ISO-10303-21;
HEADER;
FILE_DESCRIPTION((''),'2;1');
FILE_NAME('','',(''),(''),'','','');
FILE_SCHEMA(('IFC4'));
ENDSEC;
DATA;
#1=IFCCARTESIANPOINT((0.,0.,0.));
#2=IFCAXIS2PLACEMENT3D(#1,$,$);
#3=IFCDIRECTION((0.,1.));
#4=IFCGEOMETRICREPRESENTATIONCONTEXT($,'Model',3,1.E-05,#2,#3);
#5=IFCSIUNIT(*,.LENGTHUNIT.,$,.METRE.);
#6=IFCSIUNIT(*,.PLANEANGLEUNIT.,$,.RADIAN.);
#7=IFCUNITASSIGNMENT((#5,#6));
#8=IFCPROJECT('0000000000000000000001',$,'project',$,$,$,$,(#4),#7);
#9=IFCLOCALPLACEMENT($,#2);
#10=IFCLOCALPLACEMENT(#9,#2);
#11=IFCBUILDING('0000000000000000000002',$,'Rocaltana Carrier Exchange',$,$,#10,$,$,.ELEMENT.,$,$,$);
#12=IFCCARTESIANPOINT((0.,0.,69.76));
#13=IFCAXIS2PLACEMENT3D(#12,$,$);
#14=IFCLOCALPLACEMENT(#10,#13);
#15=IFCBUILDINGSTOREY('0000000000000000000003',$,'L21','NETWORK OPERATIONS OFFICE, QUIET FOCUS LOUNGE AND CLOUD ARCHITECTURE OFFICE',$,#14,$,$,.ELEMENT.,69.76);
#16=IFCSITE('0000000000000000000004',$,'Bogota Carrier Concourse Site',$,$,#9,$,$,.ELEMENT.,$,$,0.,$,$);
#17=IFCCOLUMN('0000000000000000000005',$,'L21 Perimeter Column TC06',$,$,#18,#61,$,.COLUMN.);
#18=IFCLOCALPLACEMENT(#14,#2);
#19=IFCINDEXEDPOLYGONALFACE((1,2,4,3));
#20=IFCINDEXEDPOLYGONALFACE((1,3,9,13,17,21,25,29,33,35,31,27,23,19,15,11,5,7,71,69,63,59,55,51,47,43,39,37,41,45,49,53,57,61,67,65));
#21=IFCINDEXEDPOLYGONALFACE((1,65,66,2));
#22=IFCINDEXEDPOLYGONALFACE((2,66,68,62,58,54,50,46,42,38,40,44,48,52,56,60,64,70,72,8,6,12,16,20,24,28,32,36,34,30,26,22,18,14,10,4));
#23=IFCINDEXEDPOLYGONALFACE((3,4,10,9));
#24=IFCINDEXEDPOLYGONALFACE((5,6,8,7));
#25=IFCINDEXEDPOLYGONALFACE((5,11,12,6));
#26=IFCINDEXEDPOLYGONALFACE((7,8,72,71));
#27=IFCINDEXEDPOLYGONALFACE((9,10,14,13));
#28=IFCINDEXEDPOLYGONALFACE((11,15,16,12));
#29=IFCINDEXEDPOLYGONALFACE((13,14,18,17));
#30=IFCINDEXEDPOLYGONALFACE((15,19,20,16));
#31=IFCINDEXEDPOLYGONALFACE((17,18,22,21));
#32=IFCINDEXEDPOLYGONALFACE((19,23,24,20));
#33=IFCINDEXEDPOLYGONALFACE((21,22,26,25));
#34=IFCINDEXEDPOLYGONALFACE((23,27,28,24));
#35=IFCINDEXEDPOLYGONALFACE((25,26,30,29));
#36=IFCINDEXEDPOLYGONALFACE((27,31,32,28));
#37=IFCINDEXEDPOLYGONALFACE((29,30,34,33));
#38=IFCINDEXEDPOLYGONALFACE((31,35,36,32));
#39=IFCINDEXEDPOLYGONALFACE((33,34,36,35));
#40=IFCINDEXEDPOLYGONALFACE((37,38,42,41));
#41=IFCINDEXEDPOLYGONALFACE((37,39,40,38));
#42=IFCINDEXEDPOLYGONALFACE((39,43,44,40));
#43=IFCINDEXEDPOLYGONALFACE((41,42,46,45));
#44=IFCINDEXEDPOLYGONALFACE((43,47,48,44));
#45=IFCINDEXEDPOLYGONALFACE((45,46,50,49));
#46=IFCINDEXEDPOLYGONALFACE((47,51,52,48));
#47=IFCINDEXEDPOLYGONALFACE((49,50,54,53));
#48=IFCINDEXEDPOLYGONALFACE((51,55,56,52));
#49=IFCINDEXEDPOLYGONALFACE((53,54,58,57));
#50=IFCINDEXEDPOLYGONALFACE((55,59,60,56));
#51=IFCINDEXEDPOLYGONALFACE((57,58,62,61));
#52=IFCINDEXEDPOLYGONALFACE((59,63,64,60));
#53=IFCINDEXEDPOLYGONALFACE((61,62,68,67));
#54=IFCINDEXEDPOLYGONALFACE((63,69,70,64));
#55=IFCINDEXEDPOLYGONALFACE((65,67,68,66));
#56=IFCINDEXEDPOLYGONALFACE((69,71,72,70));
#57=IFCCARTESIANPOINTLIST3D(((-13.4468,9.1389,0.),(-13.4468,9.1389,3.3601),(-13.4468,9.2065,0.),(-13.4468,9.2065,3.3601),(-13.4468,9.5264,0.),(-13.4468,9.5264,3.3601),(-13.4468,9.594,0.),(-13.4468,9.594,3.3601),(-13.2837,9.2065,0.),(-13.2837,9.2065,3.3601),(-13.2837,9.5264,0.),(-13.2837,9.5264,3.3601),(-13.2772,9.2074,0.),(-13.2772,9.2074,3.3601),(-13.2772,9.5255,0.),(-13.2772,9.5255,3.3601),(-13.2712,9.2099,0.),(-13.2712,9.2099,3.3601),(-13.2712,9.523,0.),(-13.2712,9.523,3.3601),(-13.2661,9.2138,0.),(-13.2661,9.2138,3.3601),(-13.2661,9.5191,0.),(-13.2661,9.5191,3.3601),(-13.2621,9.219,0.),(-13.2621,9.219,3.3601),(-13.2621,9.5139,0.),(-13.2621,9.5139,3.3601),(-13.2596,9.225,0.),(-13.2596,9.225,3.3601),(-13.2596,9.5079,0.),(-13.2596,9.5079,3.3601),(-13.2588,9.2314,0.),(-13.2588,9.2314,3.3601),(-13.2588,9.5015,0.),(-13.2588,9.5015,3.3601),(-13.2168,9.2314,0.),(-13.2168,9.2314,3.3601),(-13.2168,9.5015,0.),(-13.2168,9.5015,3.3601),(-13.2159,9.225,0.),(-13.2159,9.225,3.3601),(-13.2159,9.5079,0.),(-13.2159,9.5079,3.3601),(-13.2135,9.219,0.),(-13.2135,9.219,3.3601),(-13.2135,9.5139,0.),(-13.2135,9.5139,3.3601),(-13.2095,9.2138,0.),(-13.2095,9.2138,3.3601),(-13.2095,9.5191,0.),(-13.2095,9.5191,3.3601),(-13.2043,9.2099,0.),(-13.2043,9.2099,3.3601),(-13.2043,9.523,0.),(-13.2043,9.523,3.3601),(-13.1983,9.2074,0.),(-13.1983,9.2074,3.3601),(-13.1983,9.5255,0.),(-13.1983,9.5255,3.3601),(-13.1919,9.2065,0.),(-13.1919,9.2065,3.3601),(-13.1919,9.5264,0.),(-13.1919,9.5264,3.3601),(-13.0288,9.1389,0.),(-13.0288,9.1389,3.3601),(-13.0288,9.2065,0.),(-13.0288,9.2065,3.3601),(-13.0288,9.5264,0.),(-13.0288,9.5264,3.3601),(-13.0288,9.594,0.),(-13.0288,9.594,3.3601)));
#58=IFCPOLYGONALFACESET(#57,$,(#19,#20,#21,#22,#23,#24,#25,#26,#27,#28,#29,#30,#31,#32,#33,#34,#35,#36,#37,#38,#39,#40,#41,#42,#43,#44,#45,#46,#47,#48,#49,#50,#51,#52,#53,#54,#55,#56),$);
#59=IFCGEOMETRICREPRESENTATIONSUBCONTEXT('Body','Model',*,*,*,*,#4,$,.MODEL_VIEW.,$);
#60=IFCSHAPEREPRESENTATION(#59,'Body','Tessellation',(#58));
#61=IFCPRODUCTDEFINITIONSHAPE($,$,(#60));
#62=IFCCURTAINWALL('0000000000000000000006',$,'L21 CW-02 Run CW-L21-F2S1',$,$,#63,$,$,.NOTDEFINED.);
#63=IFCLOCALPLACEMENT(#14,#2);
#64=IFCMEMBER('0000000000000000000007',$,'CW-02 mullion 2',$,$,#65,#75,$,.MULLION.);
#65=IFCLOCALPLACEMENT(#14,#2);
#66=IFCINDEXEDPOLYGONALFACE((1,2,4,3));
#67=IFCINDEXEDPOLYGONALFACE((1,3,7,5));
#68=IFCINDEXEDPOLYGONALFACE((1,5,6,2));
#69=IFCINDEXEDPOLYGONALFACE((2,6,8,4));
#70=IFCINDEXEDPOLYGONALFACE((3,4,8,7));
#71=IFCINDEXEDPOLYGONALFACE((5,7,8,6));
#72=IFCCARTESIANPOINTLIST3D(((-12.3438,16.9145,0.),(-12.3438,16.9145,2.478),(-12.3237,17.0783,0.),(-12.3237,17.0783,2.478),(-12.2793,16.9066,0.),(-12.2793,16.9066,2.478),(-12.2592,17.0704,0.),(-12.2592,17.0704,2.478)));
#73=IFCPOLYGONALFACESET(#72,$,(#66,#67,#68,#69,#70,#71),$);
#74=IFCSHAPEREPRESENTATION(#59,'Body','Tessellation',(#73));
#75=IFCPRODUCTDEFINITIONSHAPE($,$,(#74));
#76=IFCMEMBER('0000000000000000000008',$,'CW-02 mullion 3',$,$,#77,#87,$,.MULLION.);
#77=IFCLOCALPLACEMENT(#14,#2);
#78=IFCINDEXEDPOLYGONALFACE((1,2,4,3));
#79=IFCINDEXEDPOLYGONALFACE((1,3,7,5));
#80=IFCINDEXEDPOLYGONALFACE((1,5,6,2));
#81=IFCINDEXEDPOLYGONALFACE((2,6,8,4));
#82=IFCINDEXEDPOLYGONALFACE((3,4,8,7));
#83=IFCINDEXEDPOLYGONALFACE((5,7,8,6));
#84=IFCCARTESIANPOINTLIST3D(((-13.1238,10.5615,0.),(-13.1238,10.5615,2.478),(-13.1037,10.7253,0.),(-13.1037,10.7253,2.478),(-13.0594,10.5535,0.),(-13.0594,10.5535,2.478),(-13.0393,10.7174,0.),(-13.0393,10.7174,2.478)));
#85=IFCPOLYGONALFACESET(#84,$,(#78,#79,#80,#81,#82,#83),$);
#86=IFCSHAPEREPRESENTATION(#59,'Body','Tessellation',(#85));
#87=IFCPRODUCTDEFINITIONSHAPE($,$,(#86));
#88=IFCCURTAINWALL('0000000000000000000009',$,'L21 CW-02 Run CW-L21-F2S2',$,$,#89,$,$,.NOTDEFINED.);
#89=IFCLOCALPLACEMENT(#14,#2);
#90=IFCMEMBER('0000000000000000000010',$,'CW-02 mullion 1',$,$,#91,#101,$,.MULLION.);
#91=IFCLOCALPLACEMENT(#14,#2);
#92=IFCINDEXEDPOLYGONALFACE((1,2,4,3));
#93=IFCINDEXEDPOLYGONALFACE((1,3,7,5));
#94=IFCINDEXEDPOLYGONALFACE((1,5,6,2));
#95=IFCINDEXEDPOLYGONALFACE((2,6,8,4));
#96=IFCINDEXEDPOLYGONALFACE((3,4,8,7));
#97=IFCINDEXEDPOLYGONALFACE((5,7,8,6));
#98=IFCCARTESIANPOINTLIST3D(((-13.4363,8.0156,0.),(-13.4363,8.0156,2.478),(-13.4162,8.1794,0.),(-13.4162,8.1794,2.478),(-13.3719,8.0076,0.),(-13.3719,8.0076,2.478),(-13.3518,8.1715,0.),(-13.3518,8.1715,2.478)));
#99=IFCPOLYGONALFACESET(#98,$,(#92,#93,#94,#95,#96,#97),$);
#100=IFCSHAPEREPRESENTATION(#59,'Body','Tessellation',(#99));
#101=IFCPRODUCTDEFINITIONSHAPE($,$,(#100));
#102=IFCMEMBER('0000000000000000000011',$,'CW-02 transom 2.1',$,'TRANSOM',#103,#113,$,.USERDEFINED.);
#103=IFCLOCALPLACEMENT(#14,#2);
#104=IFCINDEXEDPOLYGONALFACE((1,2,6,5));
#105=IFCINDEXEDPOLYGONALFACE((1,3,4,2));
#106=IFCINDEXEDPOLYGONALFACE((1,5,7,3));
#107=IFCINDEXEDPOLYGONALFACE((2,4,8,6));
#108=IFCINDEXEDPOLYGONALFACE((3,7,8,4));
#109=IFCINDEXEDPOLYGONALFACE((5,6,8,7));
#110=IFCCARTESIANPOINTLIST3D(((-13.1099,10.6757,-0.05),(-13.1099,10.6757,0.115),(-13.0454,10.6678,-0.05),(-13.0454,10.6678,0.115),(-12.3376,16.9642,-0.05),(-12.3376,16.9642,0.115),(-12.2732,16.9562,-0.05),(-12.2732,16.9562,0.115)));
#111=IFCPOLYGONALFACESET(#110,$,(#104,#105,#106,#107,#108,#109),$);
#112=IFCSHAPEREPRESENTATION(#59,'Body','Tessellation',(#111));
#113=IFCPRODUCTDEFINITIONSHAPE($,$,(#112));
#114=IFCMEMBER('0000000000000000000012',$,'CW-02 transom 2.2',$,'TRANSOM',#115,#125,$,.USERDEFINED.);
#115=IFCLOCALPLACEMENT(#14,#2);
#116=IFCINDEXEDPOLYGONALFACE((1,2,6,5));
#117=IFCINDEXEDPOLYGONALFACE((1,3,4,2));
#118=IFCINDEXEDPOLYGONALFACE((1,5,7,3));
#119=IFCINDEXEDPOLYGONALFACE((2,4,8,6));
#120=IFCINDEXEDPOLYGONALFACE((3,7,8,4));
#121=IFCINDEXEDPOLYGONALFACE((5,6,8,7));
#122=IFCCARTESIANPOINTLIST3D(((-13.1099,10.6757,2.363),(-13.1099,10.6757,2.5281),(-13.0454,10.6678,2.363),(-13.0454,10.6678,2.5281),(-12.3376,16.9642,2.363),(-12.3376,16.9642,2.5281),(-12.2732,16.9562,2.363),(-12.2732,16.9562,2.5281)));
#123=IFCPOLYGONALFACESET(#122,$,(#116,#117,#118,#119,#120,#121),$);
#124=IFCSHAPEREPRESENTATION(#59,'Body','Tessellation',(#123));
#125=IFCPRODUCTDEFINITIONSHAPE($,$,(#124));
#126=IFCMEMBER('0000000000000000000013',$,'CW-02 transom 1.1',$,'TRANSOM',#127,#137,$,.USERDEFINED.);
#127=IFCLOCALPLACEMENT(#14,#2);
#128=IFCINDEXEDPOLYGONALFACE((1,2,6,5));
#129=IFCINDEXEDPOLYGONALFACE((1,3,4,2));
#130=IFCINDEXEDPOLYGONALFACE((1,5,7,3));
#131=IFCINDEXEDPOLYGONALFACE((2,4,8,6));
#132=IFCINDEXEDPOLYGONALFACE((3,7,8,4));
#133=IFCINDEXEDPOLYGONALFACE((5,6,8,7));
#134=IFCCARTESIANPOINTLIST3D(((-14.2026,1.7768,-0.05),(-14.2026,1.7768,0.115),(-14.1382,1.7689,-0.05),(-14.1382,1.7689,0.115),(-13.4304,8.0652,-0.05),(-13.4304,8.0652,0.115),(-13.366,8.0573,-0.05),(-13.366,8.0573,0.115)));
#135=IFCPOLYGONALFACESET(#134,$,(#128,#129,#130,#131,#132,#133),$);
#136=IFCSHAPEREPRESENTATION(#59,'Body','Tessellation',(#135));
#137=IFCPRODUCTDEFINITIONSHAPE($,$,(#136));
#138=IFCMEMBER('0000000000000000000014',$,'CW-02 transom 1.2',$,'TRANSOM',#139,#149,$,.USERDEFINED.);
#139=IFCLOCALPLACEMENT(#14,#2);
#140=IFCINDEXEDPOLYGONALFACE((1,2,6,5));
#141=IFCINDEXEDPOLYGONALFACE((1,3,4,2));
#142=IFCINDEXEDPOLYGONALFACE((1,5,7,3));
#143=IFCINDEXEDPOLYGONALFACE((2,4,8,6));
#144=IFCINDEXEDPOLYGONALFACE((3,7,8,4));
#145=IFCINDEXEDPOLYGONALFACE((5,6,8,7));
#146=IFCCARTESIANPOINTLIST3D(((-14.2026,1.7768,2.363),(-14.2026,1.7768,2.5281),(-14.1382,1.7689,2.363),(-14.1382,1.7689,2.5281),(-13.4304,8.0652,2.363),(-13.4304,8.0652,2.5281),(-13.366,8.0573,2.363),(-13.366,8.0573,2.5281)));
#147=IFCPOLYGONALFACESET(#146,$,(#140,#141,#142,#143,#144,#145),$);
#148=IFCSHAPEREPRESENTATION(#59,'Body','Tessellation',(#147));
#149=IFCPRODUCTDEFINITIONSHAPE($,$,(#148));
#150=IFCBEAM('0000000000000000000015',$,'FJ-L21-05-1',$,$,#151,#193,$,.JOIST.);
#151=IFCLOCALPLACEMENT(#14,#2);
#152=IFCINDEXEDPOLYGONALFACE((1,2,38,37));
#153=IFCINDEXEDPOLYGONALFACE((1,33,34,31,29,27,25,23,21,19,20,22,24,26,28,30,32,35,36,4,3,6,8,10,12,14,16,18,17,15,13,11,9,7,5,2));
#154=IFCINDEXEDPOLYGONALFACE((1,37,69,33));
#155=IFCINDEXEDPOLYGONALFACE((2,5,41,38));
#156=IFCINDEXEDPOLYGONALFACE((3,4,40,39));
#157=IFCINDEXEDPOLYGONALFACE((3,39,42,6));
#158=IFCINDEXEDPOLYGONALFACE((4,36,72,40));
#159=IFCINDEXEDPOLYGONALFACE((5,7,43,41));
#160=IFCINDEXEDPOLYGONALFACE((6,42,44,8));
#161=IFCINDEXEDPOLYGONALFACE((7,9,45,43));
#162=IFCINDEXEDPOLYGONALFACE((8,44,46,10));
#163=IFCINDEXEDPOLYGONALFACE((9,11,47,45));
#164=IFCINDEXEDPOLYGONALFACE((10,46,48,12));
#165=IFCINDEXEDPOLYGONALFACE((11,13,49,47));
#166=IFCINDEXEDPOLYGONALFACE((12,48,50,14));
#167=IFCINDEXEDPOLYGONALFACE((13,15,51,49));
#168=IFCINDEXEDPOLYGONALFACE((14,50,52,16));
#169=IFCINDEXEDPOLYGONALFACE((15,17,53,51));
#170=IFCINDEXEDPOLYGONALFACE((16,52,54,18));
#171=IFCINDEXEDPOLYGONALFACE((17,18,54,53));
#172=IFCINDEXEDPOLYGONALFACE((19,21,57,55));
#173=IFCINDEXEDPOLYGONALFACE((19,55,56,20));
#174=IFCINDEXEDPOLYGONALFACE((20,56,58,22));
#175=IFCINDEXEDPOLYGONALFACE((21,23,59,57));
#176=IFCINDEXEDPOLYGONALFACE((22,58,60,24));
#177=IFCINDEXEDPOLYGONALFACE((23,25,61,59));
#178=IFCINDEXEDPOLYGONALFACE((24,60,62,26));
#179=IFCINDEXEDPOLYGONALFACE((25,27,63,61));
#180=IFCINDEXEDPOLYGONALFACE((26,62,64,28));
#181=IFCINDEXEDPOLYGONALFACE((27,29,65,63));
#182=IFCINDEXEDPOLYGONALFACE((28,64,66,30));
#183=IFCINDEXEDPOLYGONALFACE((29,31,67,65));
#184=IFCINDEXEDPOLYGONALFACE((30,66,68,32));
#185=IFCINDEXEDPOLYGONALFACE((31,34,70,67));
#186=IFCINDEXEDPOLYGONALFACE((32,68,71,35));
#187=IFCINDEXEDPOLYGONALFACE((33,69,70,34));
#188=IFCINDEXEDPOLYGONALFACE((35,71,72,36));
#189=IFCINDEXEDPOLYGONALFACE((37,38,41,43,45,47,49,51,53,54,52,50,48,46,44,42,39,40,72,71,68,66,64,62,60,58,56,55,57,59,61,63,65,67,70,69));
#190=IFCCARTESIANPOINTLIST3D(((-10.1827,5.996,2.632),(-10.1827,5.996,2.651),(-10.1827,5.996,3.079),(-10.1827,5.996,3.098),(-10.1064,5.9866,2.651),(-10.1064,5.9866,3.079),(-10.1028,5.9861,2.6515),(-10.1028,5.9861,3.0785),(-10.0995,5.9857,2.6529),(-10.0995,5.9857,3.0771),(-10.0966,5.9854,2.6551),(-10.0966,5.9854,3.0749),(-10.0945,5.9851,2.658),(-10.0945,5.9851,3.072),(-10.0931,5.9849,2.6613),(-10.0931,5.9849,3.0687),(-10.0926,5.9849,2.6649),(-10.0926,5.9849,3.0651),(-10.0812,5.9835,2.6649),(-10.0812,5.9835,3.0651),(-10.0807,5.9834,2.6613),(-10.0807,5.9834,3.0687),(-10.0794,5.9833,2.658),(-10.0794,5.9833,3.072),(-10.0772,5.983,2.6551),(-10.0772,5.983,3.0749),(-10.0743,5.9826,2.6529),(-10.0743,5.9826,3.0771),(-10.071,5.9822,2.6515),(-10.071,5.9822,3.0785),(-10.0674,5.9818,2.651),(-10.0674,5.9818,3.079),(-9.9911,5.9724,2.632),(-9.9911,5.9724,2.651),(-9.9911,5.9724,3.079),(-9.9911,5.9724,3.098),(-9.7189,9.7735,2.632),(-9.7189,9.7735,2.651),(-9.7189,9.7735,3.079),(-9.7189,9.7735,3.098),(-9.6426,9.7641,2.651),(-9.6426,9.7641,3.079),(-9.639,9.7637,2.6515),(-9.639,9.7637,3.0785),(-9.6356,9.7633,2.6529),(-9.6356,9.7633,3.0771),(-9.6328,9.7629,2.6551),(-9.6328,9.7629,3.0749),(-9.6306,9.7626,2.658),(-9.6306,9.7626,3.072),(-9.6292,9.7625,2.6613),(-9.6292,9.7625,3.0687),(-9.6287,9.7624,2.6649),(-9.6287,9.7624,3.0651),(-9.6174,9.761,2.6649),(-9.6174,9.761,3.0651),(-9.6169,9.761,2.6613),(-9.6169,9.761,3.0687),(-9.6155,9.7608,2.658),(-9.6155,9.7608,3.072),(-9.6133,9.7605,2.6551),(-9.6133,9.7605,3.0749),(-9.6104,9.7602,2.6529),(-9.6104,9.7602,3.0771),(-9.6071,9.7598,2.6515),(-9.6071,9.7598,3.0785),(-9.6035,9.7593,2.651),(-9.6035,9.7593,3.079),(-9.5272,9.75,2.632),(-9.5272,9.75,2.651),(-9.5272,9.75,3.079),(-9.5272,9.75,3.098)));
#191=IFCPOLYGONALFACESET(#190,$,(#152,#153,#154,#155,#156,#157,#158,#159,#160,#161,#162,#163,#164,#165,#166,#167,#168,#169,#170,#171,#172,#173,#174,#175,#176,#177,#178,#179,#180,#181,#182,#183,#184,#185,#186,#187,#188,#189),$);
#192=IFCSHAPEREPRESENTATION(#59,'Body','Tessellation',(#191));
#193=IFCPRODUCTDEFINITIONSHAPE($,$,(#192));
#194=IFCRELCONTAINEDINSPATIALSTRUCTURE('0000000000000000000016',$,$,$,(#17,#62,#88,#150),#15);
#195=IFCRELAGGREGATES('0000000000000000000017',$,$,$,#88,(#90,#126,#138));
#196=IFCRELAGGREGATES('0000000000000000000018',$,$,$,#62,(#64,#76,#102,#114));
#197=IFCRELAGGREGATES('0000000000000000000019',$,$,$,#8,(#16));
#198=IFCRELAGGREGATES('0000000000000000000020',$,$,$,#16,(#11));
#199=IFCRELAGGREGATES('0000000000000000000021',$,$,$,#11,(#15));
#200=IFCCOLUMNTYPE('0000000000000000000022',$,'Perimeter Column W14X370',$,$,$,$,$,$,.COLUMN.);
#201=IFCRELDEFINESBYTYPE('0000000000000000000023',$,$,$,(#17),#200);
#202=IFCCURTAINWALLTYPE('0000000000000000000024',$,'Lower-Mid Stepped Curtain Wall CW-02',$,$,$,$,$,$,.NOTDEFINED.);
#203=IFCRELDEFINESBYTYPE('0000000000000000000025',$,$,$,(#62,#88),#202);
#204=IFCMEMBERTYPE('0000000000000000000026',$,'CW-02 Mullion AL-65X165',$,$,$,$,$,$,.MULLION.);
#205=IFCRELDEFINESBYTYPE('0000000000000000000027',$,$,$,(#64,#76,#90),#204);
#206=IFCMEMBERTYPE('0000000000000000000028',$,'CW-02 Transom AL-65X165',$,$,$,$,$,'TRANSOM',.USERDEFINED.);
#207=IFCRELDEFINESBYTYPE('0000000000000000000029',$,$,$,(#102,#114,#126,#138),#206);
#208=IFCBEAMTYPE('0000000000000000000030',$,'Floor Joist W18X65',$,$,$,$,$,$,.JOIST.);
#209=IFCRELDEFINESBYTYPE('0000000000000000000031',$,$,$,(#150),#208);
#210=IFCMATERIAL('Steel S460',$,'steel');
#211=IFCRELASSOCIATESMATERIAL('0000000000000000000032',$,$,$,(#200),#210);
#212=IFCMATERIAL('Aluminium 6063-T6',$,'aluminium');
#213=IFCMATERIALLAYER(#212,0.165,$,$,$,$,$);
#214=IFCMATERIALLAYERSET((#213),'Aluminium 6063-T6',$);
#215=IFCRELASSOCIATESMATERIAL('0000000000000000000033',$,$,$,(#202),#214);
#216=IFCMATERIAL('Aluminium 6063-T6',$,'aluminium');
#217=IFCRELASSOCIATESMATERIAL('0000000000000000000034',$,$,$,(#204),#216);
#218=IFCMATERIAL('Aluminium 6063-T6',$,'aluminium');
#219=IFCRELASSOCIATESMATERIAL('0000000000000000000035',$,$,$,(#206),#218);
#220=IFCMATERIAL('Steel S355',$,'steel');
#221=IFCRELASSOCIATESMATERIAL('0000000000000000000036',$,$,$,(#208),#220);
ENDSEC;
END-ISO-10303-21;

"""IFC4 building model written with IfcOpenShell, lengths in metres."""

from ifc_helpers import new_model, si_unit, direction, frame, origin, origin_2d, place, context, subcontext, project, spatial, rectangle, i_section, extrude, material, layer, layer_set, material_profile, profile_set, type_object, element, aggregate, save


model = new_model("IFC4")

# Units and contexts
model_context = context("Model", 3, precision=1e-05, world=origin(), true_north=direction((0.0, 1.0)))
body_context = subcontext(model_context, "Body", "Model", "MODEL_VIEW")
ifc_project = project(units=[si_unit("LENGTHUNIT", "METRE"), si_unit("PLANEANGLEUNIT", "RADIAN")], contexts=[model_context])

# Site, building, storey
site_placement = place(None, origin())
site = spatial("IfcSite", under=ifc_project, at=site_placement, Name="Bogota Carrier Concourse Site", CompositionType="ELEMENT", RefElevation=0.0)
building_placement = place(site_placement, origin())
building = spatial("IfcBuilding", under=site, at=building_placement, Name="Rocaltana Carrier Exchange", CompositionType="ELEMENT")
storey_placement = place(building_placement, frame((0.0, 0.0, 69.76)))
storey = spatial("IfcBuildingStorey", under=building, at=storey_placement, Name="L21", Description="NETWORK OPERATIONS OFFICE, QUIET FOCUS LOUNGE AND CLOUD ARCHITECTURE OFFICE", CompositionType="ELEMENT", Elevation=69.76)

# Column
ifc_material_1 = material(Name="Steel S460", Category="steel")
ifc_material_profile_1 = material_profile(ifc_material_1, i_section(OverallWidth=0.418, OverallDepth=0.4551, WebThickness=0.042, FlangeThickness=0.0676, FilletRadius=0.0249, at=origin_2d()), Name="W14X370")
ifc_profile_set_1 = profile_set([ifc_material_profile_1], Name="Steel S460")
column_type = type_object("IfcColumnType", Name="Perimeter Column W14X370", PredefinedType="COLUMN", material=ifc_profile_set_1)
column_placement = place(storey_placement, frame((-13.2378, 9.3665, 0.0), z_axis=(0.0, 0.0, 1.0), x_axis=(1.0, 0.0, 0.0)))
element("IfcColumn", 1, at=column_placement, inside=storey, type_object=column_type, Name="L21 Perimeter Column TC06", PredefinedType="COLUMN", context=body_context, shape_type="SweptSolid", body=[
    extrude(i_section(OverallWidth=0.418, OverallDepth=0.4551, WebThickness=0.042, FlangeThickness=0.0676, FilletRadius=0.0249, at=origin_2d()), origin(), (0.0, 0.0, 1.0), 3.3601),
])

# Curtain wall, members
ifc_material_2 = material(Name="Aluminium 6063-T6", Category="aluminium")
ifc_layer_1 = layer(ifc_material_2, 0.165)
ifc_layer_set_1 = layer_set([ifc_layer_1], Name="Aluminium 6063-T6")
curtain_wall_type = type_object("IfcCurtainWallType", Name="Lower-Mid Stepped Curtain Wall CW-02", PredefinedType="NOTDEFINED", material=ifc_layer_set_1)
curtain_wall_1_placement = place(storey_placement, origin())
curtain_wall_1 = element("IfcCurtainWall", 2, at=curtain_wall_1_placement, inside=storey, type_object=curtain_wall_type, Name="L21 CW-02 Run CW-L21-F2S1", PredefinedType="NOTDEFINED")
ifc_material_3 = material(Name="Aluminium 6063-T6", Category="aluminium")
ifc_material_profile_2 = material_profile(ifc_material_3, rectangle(XDim=0.0649, YDim=0.165, at=origin_2d()), Name="AL-65X165")
ifc_profile_set_2 = profile_set([ifc_material_profile_2], Name="Aluminium 6063-T6")
member_type_1 = type_object("IfcMemberType", Name="CW-02 Mullion AL-65X165", PredefinedType="MULLION", material=ifc_profile_set_2)
member_1_placement = place(storey_placement, frame((-12.3015, 16.9924, 0.0), z_axis=(0.0, 0.0, 1.0), x_axis=(0.992546, -0.121873, 0.0)))
member_1 = element("IfcMember", 3, at=member_1_placement, type_object=member_type_1, Name="CW-02 mullion 2", PredefinedType="MULLION", context=body_context, shape_type="SweptSolid", body=[
    extrude(rectangle(XDim=0.0649, YDim=0.165, at=origin_2d()), origin(), (0.0, 0.0, 1.0), 2.478),
])
member_2_placement = place(storey_placement, frame((-13.0815, 10.6394, 0.0), z_axis=(0.0, 0.0, 1.0), x_axis=(0.992546, -0.121873, 0.0)))
member_2 = element("IfcMember", 4, at=member_2_placement, type_object=member_type_1, Name="CW-02 mullion 3", PredefinedType="MULLION", context=body_context, shape_type="SweptSolid", body=[
    extrude(rectangle(XDim=0.0649, YDim=0.165, at=origin_2d()), origin(), (0.0, 0.0, 1.0), 2.478),
])

# Curtain wall, member
curtain_wall_2_placement = place(storey_placement, origin())
curtain_wall_2 = element("IfcCurtainWall", 5, at=curtain_wall_2_placement, inside=storey, type_object=curtain_wall_type, Name="L21 CW-02 Run CW-L21-F2S2", PredefinedType="NOTDEFINED")
member_3_placement = place(storey_placement, frame((-13.394, 8.0935, 0.0), z_axis=(0.0, 0.0, 1.0), x_axis=(0.992546, -0.121874, 0.0)))
member_3 = element("IfcMember", 6, at=member_3_placement, type_object=member_type_1, Name="CW-02 mullion 1", PredefinedType="MULLION", context=body_context, shape_type="SweptSolid", body=[
    extrude(rectangle(XDim=0.0649, YDim=0.165, at=origin_2d()), origin(), (0.0, 0.0, 1.0), 2.478),
])

# Members
ifc_material_4 = material(Name="Aluminium 6063-T6", Category="aluminium")
ifc_material_profile_3 = material_profile(ifc_material_4, rectangle(XDim=0.0649, YDim=0.165, at=origin_2d()), Name="AL-65X165")
ifc_profile_set_3 = profile_set([ifc_material_profile_3], Name="Aluminium 6063-T6")
member_type_2 = type_object("IfcMemberType", Name="CW-02 Transom AL-65X165", ElementType="TRANSOM", PredefinedType="USERDEFINED", material=ifc_profile_set_3)
member_4_placement = place(storey_placement, frame((-12.3054, 16.9602, 0.0325), z_axis=(-0.121881, -0.992545, 0.0), x_axis=(0.992545, -0.121881, 0.0)))
member_4 = element("IfcMember", 7, at=member_4_placement, type_object=member_type_2, Name="CW-02 transom 2.1", ObjectType="TRANSOM", PredefinedType="USERDEFINED", context=body_context, shape_type="SweptSolid", body=[
    extrude(rectangle(XDim=0.0649, YDim=0.165, at=origin_2d()), origin(), (0.0, 0.0, 1.0), 6.3357),
])
member_5_placement = place(storey_placement, frame((-12.3054, 16.9602, 2.4456), z_axis=(-0.121881, -0.992545, 0.0), x_axis=(0.992545, -0.121881, 0.0)))
member_5 = element("IfcMember", 8, at=member_5_placement, type_object=member_type_2, Name="CW-02 transom 2.2", ObjectType="TRANSOM", PredefinedType="USERDEFINED", context=body_context, shape_type="SweptSolid", body=[
    extrude(rectangle(XDim=0.0649, YDim=0.165, at=origin_2d()), origin(), (0.0, 0.0, 1.0), 6.3357),
])
member_6_placement = place(storey_placement, frame((-13.3982, 8.0613, 0.0325), z_axis=(-0.121881, -0.992545, 0.0), x_axis=(0.992545, -0.121881, 0.0)))
member_6 = element("IfcMember", 9, at=member_6_placement, type_object=member_type_2, Name="CW-02 transom 1.1", ObjectType="TRANSOM", PredefinedType="USERDEFINED", context=body_context, shape_type="SweptSolid", body=[
    extrude(rectangle(XDim=0.0649, YDim=0.165, at=origin_2d()), origin(), (0.0, 0.0, 1.0), 6.3357),
])
member_7_placement = place(storey_placement, frame((-13.3982, 8.0613, 2.4456), z_axis=(-0.121881, -0.992545, 0.0), x_axis=(0.992545, -0.121881, 0.0)))
member_7 = element("IfcMember", 10, at=member_7_placement, type_object=member_type_2, Name="CW-02 transom 1.2", ObjectType="TRANSOM", PredefinedType="USERDEFINED", context=body_context, shape_type="SweptSolid", body=[
    extrude(rectangle(XDim=0.0649, YDim=0.165, at=origin_2d()), origin(), (0.0, 0.0, 1.0), 6.3357),
])
aggregate(curtain_wall_2, [member_3, member_6, member_7])

# Beam
ifc_material_5 = material(Name="Steel S355", Category="steel")
ifc_material_profile_4 = material_profile(ifc_material_5, i_section(OverallWidth=0.1931, OverallDepth=0.4661, WebThickness=0.0115, FlangeThickness=0.019, FilletRadius=0.0139, at=origin_2d()), Name="W18X65")
ifc_profile_set_4 = profile_set([ifc_material_profile_4], Name="Steel S355")
beam_type_1 = type_object("IfcBeamType", Name="Floor Joist W18X65", PredefinedType="JOIST", material=ifc_profile_set_4)
beam_1_placement = place(storey_placement, frame((-9.623, 9.7617, 2.865), z_axis=(-0.121879, -0.992545, 0.0), x_axis=(0.992545, -0.121879, 0.0)))
element("IfcBeam", 11, at=beam_1_placement, inside=storey, type_object=beam_type_1, Name="FJ-L21-05-1", PredefinedType="JOIST", context=body_context, shape_type="SweptSolid", body=[
    extrude(i_section(OverallWidth=0.1931, OverallDepth=0.4661, WebThickness=0.0115, FlangeThickness=0.019, FilletRadius=0.0139, at=origin_2d()), origin(), (0.0, 0.0, 1.0), 3.8059),
])

aggregate(curtain_wall_1, [member_1, member_2, member_4, member_5])

save(model, "model.ifc")
